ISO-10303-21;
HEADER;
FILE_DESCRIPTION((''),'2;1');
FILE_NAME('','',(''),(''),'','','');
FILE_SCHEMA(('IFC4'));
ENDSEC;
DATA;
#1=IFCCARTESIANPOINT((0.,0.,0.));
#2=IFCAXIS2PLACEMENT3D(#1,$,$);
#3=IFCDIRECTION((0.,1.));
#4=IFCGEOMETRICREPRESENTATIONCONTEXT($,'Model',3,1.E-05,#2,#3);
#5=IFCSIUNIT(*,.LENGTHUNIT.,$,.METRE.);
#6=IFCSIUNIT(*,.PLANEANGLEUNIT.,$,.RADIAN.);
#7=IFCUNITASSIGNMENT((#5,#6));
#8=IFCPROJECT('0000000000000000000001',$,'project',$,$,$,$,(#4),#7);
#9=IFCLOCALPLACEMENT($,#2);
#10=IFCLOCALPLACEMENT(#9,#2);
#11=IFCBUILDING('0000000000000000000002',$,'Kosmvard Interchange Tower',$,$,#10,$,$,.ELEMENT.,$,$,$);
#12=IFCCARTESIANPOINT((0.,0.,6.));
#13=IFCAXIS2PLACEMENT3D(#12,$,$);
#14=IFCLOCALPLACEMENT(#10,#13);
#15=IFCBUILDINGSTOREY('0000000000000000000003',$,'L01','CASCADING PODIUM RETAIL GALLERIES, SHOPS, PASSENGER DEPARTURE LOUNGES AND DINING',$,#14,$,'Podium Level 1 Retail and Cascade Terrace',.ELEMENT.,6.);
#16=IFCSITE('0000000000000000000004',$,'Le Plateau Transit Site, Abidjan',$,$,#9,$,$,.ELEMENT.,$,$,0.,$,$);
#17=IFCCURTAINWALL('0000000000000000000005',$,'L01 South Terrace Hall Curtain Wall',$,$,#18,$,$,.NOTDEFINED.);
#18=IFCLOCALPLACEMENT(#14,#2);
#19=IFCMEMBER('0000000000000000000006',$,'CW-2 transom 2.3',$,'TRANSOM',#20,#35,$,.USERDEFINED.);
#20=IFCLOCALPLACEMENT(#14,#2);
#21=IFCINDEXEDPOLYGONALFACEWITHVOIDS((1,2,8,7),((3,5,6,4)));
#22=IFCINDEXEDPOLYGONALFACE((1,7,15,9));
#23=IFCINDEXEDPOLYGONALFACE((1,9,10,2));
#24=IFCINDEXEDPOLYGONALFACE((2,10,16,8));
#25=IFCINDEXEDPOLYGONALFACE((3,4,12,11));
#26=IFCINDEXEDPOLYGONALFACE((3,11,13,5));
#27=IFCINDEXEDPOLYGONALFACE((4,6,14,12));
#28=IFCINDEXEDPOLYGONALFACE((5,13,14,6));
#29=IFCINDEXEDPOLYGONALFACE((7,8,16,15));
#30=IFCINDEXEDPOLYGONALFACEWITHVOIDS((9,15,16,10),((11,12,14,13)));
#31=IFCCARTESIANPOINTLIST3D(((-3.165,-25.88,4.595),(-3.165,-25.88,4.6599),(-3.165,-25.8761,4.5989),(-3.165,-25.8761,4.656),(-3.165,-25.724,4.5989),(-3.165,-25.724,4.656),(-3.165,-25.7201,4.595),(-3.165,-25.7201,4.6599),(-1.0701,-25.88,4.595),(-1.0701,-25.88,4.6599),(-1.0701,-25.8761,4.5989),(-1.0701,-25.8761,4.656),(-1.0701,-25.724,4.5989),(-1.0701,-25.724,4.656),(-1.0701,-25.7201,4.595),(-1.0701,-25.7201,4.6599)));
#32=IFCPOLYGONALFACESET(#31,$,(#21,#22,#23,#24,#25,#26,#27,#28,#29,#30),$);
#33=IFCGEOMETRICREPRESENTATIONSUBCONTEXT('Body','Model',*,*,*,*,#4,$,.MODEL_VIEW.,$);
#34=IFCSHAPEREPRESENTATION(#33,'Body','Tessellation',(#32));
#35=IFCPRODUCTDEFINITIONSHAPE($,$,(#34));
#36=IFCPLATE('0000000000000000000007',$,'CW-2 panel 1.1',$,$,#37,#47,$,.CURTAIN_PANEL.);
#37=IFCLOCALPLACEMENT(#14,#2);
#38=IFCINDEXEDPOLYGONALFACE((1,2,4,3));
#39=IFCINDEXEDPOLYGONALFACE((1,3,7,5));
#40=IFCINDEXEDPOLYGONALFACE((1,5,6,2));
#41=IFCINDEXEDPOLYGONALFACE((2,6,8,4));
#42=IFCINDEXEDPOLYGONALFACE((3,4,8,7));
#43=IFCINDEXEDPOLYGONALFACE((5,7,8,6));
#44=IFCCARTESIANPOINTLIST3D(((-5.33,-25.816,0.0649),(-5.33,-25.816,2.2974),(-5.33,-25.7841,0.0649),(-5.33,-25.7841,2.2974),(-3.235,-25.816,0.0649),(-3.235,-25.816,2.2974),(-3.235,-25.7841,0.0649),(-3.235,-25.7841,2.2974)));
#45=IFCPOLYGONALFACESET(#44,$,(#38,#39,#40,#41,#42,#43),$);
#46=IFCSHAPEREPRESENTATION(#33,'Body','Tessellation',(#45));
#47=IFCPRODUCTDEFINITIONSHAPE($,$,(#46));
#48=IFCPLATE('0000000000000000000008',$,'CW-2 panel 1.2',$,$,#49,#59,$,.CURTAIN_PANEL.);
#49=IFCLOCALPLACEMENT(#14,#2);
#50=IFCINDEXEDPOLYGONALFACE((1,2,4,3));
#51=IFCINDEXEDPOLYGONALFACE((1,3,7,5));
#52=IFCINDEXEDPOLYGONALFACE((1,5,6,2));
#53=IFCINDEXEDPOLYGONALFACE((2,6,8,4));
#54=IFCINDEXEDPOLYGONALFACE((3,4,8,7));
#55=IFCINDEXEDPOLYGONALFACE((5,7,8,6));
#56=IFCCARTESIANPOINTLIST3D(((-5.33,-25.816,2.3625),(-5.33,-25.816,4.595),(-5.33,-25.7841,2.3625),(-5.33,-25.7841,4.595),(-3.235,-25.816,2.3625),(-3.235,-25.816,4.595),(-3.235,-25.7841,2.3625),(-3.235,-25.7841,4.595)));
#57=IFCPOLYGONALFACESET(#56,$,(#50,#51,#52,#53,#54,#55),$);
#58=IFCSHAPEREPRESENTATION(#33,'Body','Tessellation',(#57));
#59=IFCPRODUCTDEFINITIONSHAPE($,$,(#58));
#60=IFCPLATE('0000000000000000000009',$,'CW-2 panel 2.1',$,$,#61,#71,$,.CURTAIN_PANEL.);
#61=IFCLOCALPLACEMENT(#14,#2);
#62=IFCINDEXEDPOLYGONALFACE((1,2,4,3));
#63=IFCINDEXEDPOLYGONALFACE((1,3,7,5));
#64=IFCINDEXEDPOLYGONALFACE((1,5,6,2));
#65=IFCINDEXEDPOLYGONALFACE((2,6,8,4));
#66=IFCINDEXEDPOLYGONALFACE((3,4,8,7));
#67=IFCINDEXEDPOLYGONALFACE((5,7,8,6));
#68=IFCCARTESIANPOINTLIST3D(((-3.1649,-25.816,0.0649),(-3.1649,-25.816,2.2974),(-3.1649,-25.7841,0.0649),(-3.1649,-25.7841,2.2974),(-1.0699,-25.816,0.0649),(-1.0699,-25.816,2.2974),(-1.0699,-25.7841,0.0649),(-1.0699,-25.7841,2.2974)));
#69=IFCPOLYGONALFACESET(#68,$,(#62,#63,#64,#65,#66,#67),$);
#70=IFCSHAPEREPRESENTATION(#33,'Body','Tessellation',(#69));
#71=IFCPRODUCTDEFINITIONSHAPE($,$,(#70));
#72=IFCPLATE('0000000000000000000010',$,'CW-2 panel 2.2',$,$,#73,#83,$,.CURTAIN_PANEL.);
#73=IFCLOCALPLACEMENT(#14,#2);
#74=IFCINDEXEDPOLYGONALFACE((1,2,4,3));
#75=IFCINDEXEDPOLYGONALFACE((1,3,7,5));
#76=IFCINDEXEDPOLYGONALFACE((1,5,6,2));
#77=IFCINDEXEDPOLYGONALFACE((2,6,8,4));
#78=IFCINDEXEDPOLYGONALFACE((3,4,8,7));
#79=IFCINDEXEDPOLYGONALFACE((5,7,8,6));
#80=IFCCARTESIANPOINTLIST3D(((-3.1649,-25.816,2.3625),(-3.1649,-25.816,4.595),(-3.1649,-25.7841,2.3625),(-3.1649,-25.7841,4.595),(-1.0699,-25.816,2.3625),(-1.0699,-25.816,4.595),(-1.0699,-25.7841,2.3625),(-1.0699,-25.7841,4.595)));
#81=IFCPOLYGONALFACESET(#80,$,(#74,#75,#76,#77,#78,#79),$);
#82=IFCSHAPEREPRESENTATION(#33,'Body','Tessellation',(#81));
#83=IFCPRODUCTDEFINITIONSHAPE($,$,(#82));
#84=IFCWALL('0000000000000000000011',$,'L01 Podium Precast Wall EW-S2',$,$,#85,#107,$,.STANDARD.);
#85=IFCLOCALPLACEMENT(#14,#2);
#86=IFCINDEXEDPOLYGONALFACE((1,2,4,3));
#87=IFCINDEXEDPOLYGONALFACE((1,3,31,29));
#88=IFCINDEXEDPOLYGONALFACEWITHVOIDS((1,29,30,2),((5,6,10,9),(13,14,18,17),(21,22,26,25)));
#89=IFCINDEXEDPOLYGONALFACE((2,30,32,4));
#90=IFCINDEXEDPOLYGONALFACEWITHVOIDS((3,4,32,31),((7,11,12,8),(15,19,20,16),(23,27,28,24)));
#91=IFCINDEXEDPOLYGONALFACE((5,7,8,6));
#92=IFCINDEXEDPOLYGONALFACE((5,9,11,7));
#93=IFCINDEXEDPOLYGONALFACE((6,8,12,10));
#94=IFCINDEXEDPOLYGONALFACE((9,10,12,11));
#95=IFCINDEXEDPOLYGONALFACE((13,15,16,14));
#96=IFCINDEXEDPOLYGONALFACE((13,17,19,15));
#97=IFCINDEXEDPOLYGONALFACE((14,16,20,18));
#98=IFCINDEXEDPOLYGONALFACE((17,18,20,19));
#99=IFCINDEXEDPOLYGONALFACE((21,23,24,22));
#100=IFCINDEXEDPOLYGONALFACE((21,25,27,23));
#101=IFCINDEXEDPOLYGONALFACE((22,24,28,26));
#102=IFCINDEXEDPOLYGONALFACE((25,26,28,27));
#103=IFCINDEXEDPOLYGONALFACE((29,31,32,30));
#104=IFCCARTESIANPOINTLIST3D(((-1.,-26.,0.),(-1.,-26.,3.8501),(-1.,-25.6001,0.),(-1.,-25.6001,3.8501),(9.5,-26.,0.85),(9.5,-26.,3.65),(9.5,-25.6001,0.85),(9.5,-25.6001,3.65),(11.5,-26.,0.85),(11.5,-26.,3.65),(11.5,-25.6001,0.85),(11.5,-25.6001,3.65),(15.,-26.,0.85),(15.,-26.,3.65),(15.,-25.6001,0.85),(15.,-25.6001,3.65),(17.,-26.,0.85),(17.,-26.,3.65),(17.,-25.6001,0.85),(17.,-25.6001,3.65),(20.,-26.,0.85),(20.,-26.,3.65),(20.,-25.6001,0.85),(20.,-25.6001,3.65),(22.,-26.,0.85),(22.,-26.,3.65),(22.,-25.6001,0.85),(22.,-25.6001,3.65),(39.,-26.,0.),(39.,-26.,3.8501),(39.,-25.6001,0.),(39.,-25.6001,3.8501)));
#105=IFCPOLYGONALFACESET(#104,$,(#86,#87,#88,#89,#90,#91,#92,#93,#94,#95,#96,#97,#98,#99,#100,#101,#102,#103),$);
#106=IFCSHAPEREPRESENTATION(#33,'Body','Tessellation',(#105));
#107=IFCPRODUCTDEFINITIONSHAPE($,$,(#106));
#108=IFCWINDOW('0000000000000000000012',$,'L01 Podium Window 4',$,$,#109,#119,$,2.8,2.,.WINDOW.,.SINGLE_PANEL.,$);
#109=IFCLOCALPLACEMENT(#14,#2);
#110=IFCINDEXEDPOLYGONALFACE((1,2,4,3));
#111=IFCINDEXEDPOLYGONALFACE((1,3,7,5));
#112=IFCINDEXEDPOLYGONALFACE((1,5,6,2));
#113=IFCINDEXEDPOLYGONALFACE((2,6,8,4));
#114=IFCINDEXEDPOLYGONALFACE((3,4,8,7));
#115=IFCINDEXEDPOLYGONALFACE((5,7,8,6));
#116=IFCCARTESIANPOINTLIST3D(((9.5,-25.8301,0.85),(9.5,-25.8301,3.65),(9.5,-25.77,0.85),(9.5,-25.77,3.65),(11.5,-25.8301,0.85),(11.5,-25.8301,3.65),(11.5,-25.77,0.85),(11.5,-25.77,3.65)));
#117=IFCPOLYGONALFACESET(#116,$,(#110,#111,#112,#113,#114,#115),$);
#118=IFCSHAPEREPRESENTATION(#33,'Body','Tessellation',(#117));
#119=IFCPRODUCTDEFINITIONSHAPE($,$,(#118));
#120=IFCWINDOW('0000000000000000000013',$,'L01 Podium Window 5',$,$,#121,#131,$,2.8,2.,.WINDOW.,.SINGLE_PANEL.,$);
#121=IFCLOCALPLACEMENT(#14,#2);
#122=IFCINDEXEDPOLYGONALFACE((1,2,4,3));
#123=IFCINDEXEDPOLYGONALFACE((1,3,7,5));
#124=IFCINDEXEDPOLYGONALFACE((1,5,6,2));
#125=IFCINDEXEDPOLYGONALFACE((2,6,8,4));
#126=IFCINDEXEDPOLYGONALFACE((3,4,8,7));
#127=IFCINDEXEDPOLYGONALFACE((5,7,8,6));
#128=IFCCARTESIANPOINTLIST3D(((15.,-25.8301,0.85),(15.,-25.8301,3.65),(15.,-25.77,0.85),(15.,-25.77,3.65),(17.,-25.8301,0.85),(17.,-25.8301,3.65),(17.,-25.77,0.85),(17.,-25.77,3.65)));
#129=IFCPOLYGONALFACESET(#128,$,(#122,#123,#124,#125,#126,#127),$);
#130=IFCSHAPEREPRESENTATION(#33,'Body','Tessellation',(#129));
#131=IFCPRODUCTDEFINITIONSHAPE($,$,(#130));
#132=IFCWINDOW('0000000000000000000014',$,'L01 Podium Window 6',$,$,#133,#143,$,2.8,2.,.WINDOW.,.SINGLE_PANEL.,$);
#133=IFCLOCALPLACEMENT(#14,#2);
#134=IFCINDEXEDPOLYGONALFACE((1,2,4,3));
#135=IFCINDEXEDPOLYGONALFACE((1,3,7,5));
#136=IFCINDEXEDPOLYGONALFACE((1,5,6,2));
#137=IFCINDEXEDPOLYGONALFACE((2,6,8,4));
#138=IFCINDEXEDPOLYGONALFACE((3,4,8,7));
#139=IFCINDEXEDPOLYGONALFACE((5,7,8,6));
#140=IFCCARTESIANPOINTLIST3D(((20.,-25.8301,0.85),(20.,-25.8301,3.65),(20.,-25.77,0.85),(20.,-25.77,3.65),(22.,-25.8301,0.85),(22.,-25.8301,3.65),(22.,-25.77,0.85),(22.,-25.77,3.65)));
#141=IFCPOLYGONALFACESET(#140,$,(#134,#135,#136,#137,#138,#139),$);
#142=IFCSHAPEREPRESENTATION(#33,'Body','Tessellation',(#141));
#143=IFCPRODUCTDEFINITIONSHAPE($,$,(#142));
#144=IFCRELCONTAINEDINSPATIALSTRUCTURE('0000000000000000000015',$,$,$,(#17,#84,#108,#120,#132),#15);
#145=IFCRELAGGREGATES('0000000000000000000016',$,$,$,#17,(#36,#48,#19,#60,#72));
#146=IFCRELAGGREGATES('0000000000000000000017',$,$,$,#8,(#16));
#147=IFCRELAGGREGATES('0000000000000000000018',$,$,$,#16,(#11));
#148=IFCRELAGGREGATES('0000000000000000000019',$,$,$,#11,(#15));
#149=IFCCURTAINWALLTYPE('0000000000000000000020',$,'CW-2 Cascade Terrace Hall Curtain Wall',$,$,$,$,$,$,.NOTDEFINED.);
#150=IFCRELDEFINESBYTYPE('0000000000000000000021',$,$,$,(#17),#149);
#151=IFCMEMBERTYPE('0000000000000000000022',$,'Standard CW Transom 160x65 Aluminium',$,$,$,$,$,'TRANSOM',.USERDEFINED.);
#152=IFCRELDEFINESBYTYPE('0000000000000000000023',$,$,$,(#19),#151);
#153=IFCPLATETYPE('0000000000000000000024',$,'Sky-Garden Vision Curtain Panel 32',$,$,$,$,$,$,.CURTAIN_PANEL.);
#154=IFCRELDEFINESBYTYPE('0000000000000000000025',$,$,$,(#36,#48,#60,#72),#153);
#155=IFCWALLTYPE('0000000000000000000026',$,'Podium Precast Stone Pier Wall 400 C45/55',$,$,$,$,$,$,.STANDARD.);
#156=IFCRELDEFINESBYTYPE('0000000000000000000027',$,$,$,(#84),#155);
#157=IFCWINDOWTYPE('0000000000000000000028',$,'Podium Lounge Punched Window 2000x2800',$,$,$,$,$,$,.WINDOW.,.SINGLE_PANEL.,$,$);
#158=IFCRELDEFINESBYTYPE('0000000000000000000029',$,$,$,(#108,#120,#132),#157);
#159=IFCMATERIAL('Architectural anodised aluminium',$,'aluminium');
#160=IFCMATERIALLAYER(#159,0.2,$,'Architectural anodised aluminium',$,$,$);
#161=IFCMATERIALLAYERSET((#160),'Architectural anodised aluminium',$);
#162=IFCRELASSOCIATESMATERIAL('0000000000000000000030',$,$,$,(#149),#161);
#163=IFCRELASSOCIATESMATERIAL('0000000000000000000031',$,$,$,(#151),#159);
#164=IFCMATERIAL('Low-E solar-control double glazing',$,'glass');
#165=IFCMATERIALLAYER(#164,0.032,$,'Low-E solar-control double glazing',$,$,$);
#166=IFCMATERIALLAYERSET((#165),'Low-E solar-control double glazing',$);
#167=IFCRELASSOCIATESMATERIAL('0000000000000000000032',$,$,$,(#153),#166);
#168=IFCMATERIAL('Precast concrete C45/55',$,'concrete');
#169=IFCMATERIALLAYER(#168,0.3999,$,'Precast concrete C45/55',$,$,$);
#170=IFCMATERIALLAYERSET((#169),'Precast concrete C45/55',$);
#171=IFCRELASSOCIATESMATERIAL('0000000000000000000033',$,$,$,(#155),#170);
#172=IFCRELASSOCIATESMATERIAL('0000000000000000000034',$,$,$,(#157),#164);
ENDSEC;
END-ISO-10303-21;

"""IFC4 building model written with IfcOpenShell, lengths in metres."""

from ifc_helpers import new_model, si_unit, direction, frame, frame_2d, origin, origin_2d, place, context, subcontext, project, spatial, rectangle, hollow_rectangle, extrude, source, transform, mapped, material, layer, layer_set, material_profile, profile_set, type_object, element, fill, aggregate, save


model = new_model("IFC4")

# Units and contexts
model_context = context("Model", 3, precision=1e-05, world=origin(), true_north=direction((0.0, 1.0)))
body_context = subcontext(model_context, "Body", "Model", "MODEL_VIEW")
ifc_project = project(units=[si_unit("LENGTHUNIT", "METRE"), si_unit("PLANEANGLEUNIT", "RADIAN")], contexts=[model_context])

# Site, building, storey
site_placement = place(None, origin())
site = spatial("IfcSite", under=ifc_project, at=site_placement, Name="Le Plateau Transit Site, Abidjan", CompositionType="ELEMENT", RefElevation=0.0)
building_placement = place(site_placement, origin())
building = spatial("IfcBuilding", under=site, at=building_placement, Name="Kosmvard Interchange Tower", CompositionType="ELEMENT")
storey_placement = place(building_placement, frame((0.0, 0.0, 6.0)))
storey = spatial("IfcBuildingStorey", under=building, at=storey_placement, Name="L01", Description="CASCADING PODIUM RETAIL GALLERIES, SHOPS, PASSENGER DEPARTURE LOUNGES AND DINING", LongName="Podium Level 1 Retail and Cascade Terrace", CompositionType="ELEMENT", Elevation=6.0)

# Curtain wall, member, plates
ifc_material_1 = material(Name="Architectural anodised aluminium", Category="aluminium")
ifc_layer_1 = layer(ifc_material_1, 0.2, Name="Architectural anodised aluminium")
ifc_layer_set_1 = layer_set([ifc_layer_1], Name="Architectural anodised aluminium")
curtain_wall_type = type_object("IfcCurtainWallType", Name="CW-2 Cascade Terrace Hall Curtain Wall", PredefinedType="NOTDEFINED", material=ifc_layer_set_1)
curtain_wall_placement = place(storey_placement, origin())
curtain_wall = element("IfcCurtainWall", 1, at=curtain_wall_placement, inside=storey, type_object=curtain_wall_type, Name="L01 South Terrace Hall Curtain Wall", PredefinedType="NOTDEFINED")
ifc_material_profile_1 = material_profile(ifc_material_1, hollow_rectangle(XDim=0.1599, YDim=0.0649, WallThickness=0.0039, at=origin_2d()), Name="CWT 160x65x4")
ifc_profile_set_1 = profile_set([ifc_material_profile_1], Name="Architectural anodised aluminium")
member_type_1 = type_object("IfcMemberType", Name="Standard CW Transom 160x65 Aluminium", ElementType="TRANSOM", PredefinedType="USERDEFINED", material=ifc_profile_set_1)
shared_shape_1 = source(origin(), body_context, "Body", "SweptSolid", [
    extrude(hollow_rectangle(XDim=0.1599, YDim=0.0649, WallThickness=0.0039, at=origin_2d()), origin(), (0.0, 0.0, 1.0), 2.095),
])
member_1_placement = place(storey_placement, frame((-3.165, -25.8, 4.6274), z_axis=(1.0, 0.0, 0.0), x_axis=(0.0, 1.0, 0.0)))
member_1 = element("IfcMember", 2, at=member_1_placement, type_object=member_type_1, Name="CW-2 transom 2.3", ObjectType="TRANSOM", PredefinedType="USERDEFINED", context=body_context, shape_type="MappedRepresentation", body=[
    mapped(shared_shape_1, transform((0.0, 0.0, 0.0), scale=1.0)),
])
ifc_material_2 = material(Name="Low-E solar-control double glazing", Category="glass")
ifc_layer_2 = layer(ifc_material_2, 0.032, Name="Low-E solar-control double glazing")
ifc_layer_set_2 = layer_set([ifc_layer_2], Name="Low-E solar-control double glazing")
plate_type = type_object("IfcPlateType", Name="Sky-Garden Vision Curtain Panel 32", PredefinedType="CURTAIN_PANEL", material=ifc_layer_set_2)
shared_shape_2 = source(origin(), body_context, "Body", "SweptSolid", [
    extrude(rectangle(XDim=2.095, YDim=0.032, at=origin_2d()), origin(), (0.0, 0.0, 1.0), 2.2324),
])
plate_1_placement = place(storey_placement, frame((-4.2825, -25.8, 0.0649), z_axis=(0.0, 0.0, 1.0), x_axis=(1.0, 0.0, 0.0)))
plate_1 = element("IfcPlate", 3, at=plate_1_placement, type_object=plate_type, Name="CW-2 panel 1.1", PredefinedType="CURTAIN_PANEL", context=body_context, shape_type="MappedRepresentation", body=[
    mapped(shared_shape_2, transform((0.0, 0.0, 0.0), scale=1.0)),
])
plate_2_placement = place(storey_placement, frame((-4.2825, -25.8, 2.3625), z_axis=(0.0, 0.0, 1.0), x_axis=(1.0, 0.0, 0.0)))
plate_2 = element("IfcPlate", 4, at=plate_2_placement, type_object=plate_type, Name="CW-2 panel 1.2", PredefinedType="CURTAIN_PANEL", context=body_context, shape_type="MappedRepresentation", body=[
    mapped(shared_shape_2, transform((0.0, 0.0, 0.0), scale=1.0)),
])
plate_3_placement = place(storey_placement, frame((-2.1174, -25.8, 0.0649), z_axis=(0.0, 0.0, 1.0), x_axis=(1.0, 0.0, 0.0)))
plate_3 = element("IfcPlate", 5, at=plate_3_placement, type_object=plate_type, Name="CW-2 panel 2.1", PredefinedType="CURTAIN_PANEL", context=body_context, shape_type="MappedRepresentation", body=[
    mapped(shared_shape_2, transform((0.0, 0.0, 0.0), scale=1.0)),
])
plate_4_placement = place(storey_placement, frame((-2.1174, -25.8, 2.3625), z_axis=(0.0, 0.0, 1.0), x_axis=(1.0, 0.0, 0.0)))
plate_4 = element("IfcPlate", 6, at=plate_4_placement, type_object=plate_type, Name="CW-2 panel 2.2", PredefinedType="CURTAIN_PANEL", context=body_context, shape_type="MappedRepresentation", body=[
    mapped(shared_shape_2, transform((0.0, 0.0, 0.0), scale=1.0)),
])
aggregate(curtain_wall, [plate_1, plate_2, member_1, plate_3, plate_4])

# Wall, openings, windows
ifc_material_3 = material(Name="Precast concrete C45/55", Category="concrete")
ifc_layer_3 = layer(ifc_material_3, 0.3999, Name="Precast concrete C45/55")
ifc_layer_set_3 = layer_set([ifc_layer_3], Name="Precast concrete C45/55")
wall_type = type_object("IfcWallType", Name="Podium Precast Stone Pier Wall 400 C45/55", PredefinedType="STANDARD", material=ifc_layer_set_3)
wall_placement = place(storey_placement, frame((-1.0, -25.8, 0.0), z_axis=(0.0, 0.0, 1.0), x_axis=(1.0, 0.0, 0.0)))
wall = element("IfcWall", 7, at=wall_placement, inside=storey, type_object=wall_type, Name="L01 Podium Precast Wall EW-S2", PredefinedType="STANDARD", context=body_context, shape_type="SweptSolid", body=[
    extrude(rectangle(XDim=40.0, YDim=0.3999, at=frame_2d((20.0, 0.0))), origin(), (0.0, 0.0, 1.0), 3.8501),
])
opening_1_placement = place(wall_placement, frame((10.5, 0.0, 0.8501)))
opening_1 = element("IfcOpeningElement", 8, at=opening_1_placement, cuts=wall, PredefinedType="OPENING", context=body_context, shape_type="SweptSolid", body=[
    extrude(rectangle(XDim=2.0, YDim=2.8, at=frame_2d((1.0, 1.3999))), frame((0.0, 0.21, 0.0), z_axis=(0.0, -1.0, 0.0), x_axis=(1.0, 0.0, 0.0)), (0.0, 0.0, 1.0), 0.4199),
])
opening_2_placement = place(wall_placement, frame((16.0, 0.0, 0.8501)))
opening_2 = element("IfcOpeningElement", 9, at=opening_2_placement, cuts=wall, PredefinedType="OPENING", context=body_context, shape_type="SweptSolid", body=[
    extrude(rectangle(XDim=2.0, YDim=2.8, at=frame_2d((1.0, 1.3999))), frame((0.0, 0.21, 0.0), z_axis=(0.0, -1.0, 0.0), x_axis=(1.0, 0.0, 0.0)), (0.0, 0.0, 1.0), 0.4199),
])
opening_3_placement = place(wall_placement, frame((21.0, 0.0, 0.8501)))
opening_3 = element("IfcOpeningElement", 10, at=opening_3_placement, cuts=wall, PredefinedType="OPENING", context=body_context, shape_type="SweptSolid", body=[
    extrude(rectangle(XDim=2.0, YDim=2.8, at=frame_2d((1.0, 1.3999))), frame((0.0, 0.21, 0.0), z_axis=(0.0, -1.0, 0.0), x_axis=(1.0, 0.0, 0.0)), (0.0, 0.0, 1.0), 0.4199),
])
window_type = type_object("IfcWindowType", Name="Podium Lounge Punched Window 2000x2800", PartitioningType="SINGLE_PANEL", PredefinedType="WINDOW", material=ifc_material_2)
shared_shape_3 = source(origin(), body_context, "Body", "SweptSolid", [
    extrude(rectangle(XDim=2.0, YDim=2.8, at=frame_2d((1.0, 1.3999))), frame((0.0, 0.03, 0.0), z_axis=(0.0, -1.0, 0.0), x_axis=(1.0, 0.0, 0.0)), (0.0, 0.0, 1.0), 0.0601),
])
window_1_placement = place(opening_1_placement, origin())
window_1 = element("IfcWindow", 11, at=window_1_placement, inside=storey, type_object=window_type, Name="L01 Podium Window 4", OverallHeight=2.8, OverallWidth=2.0, PartitioningType="SINGLE_PANEL", PredefinedType="WINDOW", context=body_context, shape_type="MappedRepresentation", body=[
    mapped(shared_shape_3, transform((0.0, 0.0, 0.0), scale=1.0)),
])
fill(opening_1, window_1)
window_2_placement = place(opening_2_placement, origin())
window_2 = element("IfcWindow", 12, at=window_2_placement, inside=storey, type_object=window_type, Name="L01 Podium Window 5", OverallHeight=2.8, OverallWidth=2.0, PartitioningType="SINGLE_PANEL", PredefinedType="WINDOW", context=body_context, shape_type="MappedRepresentation", body=[
    mapped(shared_shape_3, transform((0.0, 0.0, 0.0), scale=1.0)),
])
fill(opening_2, window_2)
window_3_placement = place(opening_3_placement, origin())
window_3 = element("IfcWindow", 13, at=window_3_placement, inside=storey, type_object=window_type, Name="L01 Podium Window 6", OverallHeight=2.8, OverallWidth=2.0, PartitioningType="SINGLE_PANEL", PredefinedType="WINDOW", context=body_context, shape_type="MappedRepresentation", body=[
    mapped(shared_shape_3, transform((0.0, 0.0, 0.0), scale=1.0)),
])
fill(opening_3, window_3)

save(model, "model.ifc")
